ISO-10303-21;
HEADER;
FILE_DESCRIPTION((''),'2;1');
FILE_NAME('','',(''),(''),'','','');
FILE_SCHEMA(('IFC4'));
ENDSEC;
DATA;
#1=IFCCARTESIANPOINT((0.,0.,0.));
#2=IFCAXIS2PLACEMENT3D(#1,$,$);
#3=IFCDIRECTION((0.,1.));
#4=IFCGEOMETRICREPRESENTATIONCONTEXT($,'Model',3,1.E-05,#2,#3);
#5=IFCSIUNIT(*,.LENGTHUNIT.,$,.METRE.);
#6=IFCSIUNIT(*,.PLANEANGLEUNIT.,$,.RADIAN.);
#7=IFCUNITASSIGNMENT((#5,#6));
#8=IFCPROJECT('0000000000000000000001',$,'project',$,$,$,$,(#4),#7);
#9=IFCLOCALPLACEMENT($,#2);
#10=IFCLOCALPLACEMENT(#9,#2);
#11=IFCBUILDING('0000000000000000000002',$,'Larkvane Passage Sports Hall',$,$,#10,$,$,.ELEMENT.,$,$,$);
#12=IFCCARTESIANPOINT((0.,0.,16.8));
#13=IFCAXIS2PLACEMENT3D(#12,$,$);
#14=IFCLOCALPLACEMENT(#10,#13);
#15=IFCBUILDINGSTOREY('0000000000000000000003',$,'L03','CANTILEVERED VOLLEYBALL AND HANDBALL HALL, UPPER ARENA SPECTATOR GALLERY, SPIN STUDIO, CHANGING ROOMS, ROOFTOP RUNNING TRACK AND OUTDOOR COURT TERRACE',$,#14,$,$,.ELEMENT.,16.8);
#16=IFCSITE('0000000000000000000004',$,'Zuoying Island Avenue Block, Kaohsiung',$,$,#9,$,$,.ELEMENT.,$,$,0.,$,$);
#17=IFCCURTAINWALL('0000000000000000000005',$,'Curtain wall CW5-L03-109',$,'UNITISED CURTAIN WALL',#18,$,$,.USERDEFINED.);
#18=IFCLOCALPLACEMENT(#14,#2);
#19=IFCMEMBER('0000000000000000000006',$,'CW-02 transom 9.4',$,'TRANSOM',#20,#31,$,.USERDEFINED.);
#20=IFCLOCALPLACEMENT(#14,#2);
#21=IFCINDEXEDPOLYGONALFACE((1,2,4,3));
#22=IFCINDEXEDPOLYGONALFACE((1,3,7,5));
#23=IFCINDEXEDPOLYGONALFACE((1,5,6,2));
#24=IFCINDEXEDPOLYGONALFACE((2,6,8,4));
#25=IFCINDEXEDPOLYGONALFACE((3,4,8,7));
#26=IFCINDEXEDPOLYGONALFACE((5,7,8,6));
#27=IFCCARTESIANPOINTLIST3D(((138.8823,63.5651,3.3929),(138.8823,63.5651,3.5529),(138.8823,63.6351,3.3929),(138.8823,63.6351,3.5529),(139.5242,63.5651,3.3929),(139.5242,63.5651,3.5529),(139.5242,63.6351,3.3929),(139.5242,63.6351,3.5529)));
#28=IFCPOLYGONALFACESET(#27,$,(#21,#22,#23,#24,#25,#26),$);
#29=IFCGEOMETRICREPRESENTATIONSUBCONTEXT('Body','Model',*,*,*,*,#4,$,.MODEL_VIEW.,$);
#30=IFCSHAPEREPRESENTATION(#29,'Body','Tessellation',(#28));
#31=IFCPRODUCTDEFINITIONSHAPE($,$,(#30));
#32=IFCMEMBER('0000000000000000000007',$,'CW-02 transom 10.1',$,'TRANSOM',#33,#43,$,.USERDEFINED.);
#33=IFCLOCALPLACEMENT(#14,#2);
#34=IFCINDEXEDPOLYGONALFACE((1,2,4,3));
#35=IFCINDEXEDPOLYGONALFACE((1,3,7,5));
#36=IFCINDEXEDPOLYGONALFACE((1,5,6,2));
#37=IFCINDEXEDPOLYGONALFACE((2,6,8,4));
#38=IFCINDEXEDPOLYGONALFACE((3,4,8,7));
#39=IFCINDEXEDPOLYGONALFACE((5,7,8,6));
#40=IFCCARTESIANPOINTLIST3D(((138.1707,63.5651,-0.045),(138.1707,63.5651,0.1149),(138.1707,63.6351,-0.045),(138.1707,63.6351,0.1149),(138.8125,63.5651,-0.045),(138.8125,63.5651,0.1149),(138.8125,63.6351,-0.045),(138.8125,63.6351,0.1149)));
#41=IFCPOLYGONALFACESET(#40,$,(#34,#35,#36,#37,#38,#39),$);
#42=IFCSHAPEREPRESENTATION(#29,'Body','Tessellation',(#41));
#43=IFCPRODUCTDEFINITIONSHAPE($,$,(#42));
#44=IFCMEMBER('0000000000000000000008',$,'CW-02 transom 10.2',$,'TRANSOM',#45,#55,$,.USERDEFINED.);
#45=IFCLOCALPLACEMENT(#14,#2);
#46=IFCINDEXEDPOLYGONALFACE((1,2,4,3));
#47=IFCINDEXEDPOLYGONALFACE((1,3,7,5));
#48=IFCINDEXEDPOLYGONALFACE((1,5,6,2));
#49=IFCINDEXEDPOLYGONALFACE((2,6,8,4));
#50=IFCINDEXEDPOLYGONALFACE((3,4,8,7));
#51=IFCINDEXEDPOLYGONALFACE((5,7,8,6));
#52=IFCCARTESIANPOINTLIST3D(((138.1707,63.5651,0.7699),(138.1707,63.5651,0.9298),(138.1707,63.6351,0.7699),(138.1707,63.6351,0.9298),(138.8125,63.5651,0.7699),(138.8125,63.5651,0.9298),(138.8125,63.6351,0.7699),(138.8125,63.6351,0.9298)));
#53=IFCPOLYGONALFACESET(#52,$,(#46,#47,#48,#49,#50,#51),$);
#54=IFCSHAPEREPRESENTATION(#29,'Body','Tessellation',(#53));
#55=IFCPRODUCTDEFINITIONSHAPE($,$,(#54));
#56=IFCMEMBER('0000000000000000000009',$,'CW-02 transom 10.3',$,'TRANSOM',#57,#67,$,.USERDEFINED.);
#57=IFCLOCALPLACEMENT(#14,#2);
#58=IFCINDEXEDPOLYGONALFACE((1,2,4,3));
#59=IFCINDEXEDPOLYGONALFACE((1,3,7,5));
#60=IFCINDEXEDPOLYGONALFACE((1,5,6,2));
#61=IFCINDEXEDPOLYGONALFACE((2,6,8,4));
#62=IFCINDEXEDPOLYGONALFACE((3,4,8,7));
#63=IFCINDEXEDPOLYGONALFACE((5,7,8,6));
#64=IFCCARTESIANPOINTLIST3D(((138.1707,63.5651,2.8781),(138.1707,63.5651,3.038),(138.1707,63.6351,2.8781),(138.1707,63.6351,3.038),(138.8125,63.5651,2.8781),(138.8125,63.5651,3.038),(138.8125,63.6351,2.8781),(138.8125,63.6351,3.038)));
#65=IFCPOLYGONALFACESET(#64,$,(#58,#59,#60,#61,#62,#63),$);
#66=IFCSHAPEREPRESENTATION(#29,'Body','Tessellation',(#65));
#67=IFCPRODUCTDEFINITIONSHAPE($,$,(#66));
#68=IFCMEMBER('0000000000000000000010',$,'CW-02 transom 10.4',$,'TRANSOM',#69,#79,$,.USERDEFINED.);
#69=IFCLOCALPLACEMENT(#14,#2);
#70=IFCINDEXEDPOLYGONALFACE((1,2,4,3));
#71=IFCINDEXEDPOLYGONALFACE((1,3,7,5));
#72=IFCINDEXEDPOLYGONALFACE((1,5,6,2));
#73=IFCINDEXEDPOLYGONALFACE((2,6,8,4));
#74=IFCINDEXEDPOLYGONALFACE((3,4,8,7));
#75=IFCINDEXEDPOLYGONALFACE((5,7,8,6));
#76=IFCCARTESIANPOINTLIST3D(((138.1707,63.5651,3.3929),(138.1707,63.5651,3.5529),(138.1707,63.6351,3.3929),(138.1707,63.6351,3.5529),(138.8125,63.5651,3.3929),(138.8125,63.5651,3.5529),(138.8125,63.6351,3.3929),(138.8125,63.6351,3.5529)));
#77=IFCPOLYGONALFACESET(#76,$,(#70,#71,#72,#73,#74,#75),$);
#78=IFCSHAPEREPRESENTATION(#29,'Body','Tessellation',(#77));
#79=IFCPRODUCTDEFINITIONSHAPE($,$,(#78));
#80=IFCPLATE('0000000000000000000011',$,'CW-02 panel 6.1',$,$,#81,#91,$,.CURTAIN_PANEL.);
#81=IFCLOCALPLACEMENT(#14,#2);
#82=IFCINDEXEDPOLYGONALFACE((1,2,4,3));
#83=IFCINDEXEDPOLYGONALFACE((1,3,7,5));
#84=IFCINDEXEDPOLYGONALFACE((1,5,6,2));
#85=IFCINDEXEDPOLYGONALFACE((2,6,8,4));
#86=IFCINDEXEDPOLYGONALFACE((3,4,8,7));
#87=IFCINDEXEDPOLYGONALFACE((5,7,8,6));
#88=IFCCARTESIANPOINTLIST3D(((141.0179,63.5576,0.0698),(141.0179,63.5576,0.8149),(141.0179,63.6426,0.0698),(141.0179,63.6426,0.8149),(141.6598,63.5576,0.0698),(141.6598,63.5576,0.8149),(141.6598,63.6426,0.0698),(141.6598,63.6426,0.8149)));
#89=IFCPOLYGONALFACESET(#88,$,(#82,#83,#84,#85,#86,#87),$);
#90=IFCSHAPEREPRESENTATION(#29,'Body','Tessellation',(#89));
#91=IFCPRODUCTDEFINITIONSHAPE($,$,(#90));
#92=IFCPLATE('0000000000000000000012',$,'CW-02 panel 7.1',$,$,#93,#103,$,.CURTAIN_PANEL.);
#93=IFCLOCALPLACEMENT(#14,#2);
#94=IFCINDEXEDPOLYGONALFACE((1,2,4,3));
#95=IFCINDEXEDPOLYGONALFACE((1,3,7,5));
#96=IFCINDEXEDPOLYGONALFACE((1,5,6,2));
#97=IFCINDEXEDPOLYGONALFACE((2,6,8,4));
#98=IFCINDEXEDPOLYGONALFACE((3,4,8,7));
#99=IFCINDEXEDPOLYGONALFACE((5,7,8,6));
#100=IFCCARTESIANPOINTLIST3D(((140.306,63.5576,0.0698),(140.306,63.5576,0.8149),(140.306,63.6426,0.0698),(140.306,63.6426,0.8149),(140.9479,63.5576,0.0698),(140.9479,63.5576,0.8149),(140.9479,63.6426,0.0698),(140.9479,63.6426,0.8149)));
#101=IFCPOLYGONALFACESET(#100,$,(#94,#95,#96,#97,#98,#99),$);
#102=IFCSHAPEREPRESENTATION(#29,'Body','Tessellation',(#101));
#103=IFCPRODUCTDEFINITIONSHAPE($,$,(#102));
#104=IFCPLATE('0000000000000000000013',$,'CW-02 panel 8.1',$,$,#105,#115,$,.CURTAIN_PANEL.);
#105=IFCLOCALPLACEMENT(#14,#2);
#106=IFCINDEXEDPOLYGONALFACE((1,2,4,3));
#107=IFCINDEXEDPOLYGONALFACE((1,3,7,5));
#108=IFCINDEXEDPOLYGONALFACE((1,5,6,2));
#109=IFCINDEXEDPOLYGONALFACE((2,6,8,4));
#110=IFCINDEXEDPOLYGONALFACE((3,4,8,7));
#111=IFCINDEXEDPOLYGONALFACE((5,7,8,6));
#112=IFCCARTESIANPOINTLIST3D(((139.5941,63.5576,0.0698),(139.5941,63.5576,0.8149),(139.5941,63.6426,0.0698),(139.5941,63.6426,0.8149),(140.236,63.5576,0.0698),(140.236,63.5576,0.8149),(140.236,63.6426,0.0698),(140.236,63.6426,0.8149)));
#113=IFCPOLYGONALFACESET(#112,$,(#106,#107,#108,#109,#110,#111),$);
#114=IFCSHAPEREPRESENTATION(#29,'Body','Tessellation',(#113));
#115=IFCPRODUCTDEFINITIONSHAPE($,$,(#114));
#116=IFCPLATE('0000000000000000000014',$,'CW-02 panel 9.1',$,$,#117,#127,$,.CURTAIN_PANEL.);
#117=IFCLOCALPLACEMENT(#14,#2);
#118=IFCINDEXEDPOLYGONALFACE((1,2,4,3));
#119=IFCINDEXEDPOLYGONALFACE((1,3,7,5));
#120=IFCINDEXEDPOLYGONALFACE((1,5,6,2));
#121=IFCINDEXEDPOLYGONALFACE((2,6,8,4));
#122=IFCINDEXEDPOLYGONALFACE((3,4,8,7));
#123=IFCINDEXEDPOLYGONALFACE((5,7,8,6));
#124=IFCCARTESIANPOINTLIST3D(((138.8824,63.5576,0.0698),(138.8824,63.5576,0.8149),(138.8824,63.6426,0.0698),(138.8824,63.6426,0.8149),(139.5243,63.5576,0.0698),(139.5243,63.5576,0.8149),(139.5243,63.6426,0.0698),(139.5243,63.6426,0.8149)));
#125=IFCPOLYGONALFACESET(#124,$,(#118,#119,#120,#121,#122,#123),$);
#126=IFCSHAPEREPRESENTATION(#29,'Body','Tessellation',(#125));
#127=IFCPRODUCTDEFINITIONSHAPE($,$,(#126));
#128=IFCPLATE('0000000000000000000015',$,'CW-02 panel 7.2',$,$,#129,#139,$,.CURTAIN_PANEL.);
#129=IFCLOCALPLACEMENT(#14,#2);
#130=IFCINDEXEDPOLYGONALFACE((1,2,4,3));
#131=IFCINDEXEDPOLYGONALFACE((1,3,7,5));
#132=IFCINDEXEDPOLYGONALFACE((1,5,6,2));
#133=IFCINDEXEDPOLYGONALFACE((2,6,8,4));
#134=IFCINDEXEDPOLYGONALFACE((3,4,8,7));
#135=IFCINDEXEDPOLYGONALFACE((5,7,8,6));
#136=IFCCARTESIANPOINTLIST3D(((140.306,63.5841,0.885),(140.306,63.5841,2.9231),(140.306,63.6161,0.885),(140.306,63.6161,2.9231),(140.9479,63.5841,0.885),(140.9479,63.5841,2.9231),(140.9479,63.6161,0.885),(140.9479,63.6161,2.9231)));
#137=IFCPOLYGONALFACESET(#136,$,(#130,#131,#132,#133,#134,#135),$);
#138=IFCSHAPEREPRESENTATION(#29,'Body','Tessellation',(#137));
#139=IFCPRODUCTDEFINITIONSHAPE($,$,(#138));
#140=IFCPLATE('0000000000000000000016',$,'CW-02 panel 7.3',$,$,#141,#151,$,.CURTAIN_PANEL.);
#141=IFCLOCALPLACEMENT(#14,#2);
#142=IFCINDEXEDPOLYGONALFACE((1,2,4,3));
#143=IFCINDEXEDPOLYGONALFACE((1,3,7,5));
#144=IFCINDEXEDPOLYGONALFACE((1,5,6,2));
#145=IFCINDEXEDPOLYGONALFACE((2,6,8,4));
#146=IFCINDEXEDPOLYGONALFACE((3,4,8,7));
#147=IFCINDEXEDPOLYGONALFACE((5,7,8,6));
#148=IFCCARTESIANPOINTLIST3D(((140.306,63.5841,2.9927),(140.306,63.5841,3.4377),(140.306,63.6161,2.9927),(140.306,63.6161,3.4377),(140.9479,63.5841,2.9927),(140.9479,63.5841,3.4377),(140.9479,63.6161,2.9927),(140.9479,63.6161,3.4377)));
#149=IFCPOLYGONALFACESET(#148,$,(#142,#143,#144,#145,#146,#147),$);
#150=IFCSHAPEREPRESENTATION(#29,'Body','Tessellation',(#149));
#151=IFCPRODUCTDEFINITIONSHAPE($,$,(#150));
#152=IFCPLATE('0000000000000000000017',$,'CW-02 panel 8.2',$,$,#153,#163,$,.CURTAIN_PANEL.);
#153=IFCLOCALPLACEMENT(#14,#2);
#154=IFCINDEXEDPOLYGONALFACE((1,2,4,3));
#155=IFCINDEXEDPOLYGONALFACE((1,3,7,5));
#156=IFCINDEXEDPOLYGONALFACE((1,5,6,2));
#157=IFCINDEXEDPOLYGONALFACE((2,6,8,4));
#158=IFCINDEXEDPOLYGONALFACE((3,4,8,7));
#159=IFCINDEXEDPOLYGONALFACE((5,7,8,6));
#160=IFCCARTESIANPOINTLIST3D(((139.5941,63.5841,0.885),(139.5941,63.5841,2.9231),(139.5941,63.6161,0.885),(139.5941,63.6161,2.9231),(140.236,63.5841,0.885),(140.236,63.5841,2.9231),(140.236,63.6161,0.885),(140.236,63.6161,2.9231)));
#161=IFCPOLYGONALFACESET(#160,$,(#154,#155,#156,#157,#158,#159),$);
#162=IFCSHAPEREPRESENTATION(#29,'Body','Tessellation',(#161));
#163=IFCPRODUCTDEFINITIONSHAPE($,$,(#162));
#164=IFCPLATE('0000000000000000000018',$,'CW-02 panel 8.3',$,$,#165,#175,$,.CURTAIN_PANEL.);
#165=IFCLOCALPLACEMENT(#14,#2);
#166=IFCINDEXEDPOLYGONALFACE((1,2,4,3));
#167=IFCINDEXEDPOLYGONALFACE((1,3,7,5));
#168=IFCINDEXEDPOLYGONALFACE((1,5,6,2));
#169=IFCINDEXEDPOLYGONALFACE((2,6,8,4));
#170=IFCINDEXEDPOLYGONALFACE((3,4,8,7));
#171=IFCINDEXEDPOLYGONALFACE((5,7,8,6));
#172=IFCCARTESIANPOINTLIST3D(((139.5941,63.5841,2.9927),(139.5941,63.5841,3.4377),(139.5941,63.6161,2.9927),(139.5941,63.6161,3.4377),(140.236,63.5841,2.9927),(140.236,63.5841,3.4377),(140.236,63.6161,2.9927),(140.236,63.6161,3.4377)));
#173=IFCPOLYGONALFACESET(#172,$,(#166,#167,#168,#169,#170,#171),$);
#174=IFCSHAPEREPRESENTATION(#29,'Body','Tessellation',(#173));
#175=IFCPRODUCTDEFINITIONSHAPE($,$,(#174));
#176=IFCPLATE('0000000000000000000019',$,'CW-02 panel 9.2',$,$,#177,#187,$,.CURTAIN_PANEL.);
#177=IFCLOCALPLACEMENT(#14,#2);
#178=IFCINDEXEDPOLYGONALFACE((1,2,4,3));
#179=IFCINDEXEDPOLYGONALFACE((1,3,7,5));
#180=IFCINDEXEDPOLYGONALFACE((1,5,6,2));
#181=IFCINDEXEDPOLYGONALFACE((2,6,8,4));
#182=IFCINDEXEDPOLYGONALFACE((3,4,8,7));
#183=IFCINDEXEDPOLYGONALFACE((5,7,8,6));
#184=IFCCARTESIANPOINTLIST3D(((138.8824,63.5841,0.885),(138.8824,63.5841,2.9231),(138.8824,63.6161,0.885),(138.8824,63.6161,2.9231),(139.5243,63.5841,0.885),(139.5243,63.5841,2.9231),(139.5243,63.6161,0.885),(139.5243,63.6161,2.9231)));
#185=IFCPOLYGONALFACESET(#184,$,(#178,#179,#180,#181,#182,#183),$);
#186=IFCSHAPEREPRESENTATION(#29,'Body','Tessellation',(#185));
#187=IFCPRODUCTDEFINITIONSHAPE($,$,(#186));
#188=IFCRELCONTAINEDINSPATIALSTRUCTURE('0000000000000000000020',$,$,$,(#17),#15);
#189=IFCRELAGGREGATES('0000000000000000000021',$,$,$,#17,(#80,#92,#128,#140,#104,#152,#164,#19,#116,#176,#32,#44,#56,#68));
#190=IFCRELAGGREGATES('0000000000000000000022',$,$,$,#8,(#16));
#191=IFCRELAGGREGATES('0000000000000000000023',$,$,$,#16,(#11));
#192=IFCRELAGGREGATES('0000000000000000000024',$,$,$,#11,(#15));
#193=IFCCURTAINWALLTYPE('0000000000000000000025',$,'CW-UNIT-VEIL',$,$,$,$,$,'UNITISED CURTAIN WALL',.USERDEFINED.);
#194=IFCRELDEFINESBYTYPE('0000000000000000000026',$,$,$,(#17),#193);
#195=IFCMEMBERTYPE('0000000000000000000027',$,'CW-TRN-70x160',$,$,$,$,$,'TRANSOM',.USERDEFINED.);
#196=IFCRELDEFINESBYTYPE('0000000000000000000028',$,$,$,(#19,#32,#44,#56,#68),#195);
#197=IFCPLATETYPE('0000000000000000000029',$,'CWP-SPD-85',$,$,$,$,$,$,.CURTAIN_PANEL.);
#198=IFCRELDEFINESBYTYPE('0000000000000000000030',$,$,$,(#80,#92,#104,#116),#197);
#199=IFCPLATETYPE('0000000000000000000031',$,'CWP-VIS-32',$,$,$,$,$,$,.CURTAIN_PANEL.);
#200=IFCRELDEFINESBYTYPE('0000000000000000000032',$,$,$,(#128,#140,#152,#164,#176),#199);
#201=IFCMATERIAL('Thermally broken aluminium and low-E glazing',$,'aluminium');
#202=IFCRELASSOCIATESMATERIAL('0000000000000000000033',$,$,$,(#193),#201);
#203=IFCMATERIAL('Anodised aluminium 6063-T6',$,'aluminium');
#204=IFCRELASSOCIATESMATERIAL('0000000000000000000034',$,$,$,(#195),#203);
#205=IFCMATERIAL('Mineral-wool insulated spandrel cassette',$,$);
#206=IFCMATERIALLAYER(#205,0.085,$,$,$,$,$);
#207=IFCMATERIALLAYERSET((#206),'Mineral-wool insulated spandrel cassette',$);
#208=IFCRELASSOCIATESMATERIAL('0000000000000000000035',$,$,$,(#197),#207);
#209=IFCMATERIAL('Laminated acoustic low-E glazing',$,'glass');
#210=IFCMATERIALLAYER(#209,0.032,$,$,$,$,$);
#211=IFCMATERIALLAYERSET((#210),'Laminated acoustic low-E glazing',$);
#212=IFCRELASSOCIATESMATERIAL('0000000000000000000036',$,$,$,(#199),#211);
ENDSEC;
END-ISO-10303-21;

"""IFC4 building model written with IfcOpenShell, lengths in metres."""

from ifc_helpers import new_model, si_unit, direction, frame, origin, origin_2d, place, context, subcontext, project, spatial, rectangle, extrude, material, layer, layer_set, material_profile, profile_set, type_object, element, aggregate, save


model = new_model("IFC4")

# Units and contexts
model_context = context("Model", 3, precision=1e-05, world=origin(), true_north=direction((0.0, 1.0)))
body_context = subcontext(model_context, "Body", "Model", "MODEL_VIEW")
ifc_project = project(units=[si_unit("LENGTHUNIT", "METRE"), si_unit("PLANEANGLEUNIT", "RADIAN")], contexts=[model_context])

# Site, building, storey
site_placement = place(None, origin())
site = spatial("IfcSite", under=ifc_project, at=site_placement, Name="Zuoying Island Avenue Block, Kaohsiung", CompositionType="ELEMENT", RefElevation=0.0)
building_placement = place(site_placement, origin())
building = spatial("IfcBuilding", under=site, at=building_placement, Name="Larkvane Passage Sports Hall", CompositionType="ELEMENT")
storey_placement = place(building_placement, frame((0.0, 0.0, 16.8)))
storey = spatial("IfcBuildingStorey", under=building, at=storey_placement, Name="L03", Description="CANTILEVERED VOLLEYBALL AND HANDBALL HALL, UPPER ARENA SPECTATOR GALLERY, SPIN STUDIO, CHANGING ROOMS, ROOFTOP RUNNING TRACK AND OUTDOOR COURT TERRACE", CompositionType="ELEMENT", Elevation=16.8)

# Curtain wall, members, plates
ifc_material_1 = material(Name="Thermally broken aluminium and low-E glazing", Category="aluminium")
curtain_wall_type = type_object("IfcCurtainWallType", Name="CW-UNIT-VEIL", ElementType="UNITISED CURTAIN WALL", PredefinedType="USERDEFINED", material=ifc_material_1)
curtain_wall_placement = place(storey_placement, origin())
curtain_wall = element("IfcCurtainWall", 1, at=curtain_wall_placement, inside=storey, type_object=curtain_wall_type, Name="Curtain wall CW5-L03-109", ObjectType="UNITISED CURTAIN WALL", PredefinedType="USERDEFINED")
ifc_material_2 = material(Name="Anodised aluminium 6063-T6", Category="aluminium")
ifc_material_profile_1 = material_profile(ifc_material_2, rectangle(XDim=0.0701, YDim=0.1599, at=origin_2d()), Name="ALU-TRN-70x160")
ifc_profile_set_1 = profile_set([ifc_material_profile_1], Name="Anodised aluminium 6063-T6")
member_type_1 = type_object("IfcMemberType", Name="CW-TRN-70x160", ElementType="TRANSOM", PredefinedType="USERDEFINED", material=ifc_profile_set_1)
member_1_placement = place(storey_placement, frame((139.5242, 63.6001, 3.4729), z_axis=(-1.0, 0.0, 0.0), x_axis=(0.0, -1.0, 0.0)))
member_1 = element("IfcMember", 2, at=member_1_placement, type_object=member_type_1, Name="CW-02 transom 9.4", ObjectType="TRANSOM", PredefinedType="USERDEFINED", context=body_context, shape_type="SweptSolid", body=[
    extrude(rectangle(XDim=0.0701, YDim=0.1599, at=origin_2d()), origin(), (0.0, 0.0, 1.0), 0.6418),
])
member_2_placement = place(storey_placement, frame((138.8125, 63.6001, 0.0349), z_axis=(-1.0, 0.0, 0.0), x_axis=(0.0, -1.0, 0.0)))
member_2 = element("IfcMember", 3, at=member_2_placement, type_object=member_type_1, Name="CW-02 transom 10.1", ObjectType="TRANSOM", PredefinedType="USERDEFINED", context=body_context, shape_type="SweptSolid", body=[
    extrude(rectangle(XDim=0.0701, YDim=0.1599, at=origin_2d()), origin(), (0.0, 0.0, 1.0), 0.6418),
])
member_3_placement = place(storey_placement, frame((138.8125, 63.6001, 0.8499), z_axis=(-1.0, 0.0, 0.0), x_axis=(0.0, -1.0, 0.0)))
member_3 = element("IfcMember", 4, at=member_3_placement, type_object=member_type_1, Name="CW-02 transom 10.2", ObjectType="TRANSOM", PredefinedType="USERDEFINED", context=body_context, shape_type="SweptSolid", body=[
    extrude(rectangle(XDim=0.0701, YDim=0.1599, at=origin_2d()), origin(), (0.0, 0.0, 1.0), 0.6418),
])
member_4_placement = place(storey_placement, frame((138.8125, 63.6001, 2.958), z_axis=(-1.0, 0.0, 0.0), x_axis=(0.0, -1.0, 0.0)))
member_4 = element("IfcMember", 5, at=member_4_placement, type_object=member_type_1, Name="CW-02 transom 10.3", ObjectType="TRANSOM", PredefinedType="USERDEFINED", context=body_context, shape_type="SweptSolid", body=[
    extrude(rectangle(XDim=0.0701, YDim=0.1599, at=origin_2d()), origin(), (0.0, 0.0, 1.0), 0.6418),
])
member_5_placement = place(storey_placement, frame((138.8125, 63.6001, 3.4729), z_axis=(-1.0, 0.0, 0.0), x_axis=(0.0, -1.0, 0.0)))
member_5 = element("IfcMember", 6, at=member_5_placement, type_object=member_type_1, Name="CW-02 transom 10.4", ObjectType="TRANSOM", PredefinedType="USERDEFINED", context=body_context, shape_type="SweptSolid", body=[
    extrude(rectangle(XDim=0.0701, YDim=0.1599, at=origin_2d()), origin(), (0.0, 0.0, 1.0), 0.6418),
])
ifc_material_3 = material(Name="Mineral-wool insulated spandrel cassette")
ifc_layer_1 = layer(ifc_material_3, 0.085)
ifc_layer_set_1 = layer_set([ifc_layer_1], Name="Mineral-wool insulated spandrel cassette")
plate_type_1 = type_object("IfcPlateType", Name="CWP-SPD-85", PredefinedType="CURTAIN_PANEL", material=ifc_layer_set_1)
plate_1_placement = place(storey_placement, frame((141.3389, 63.6001, 0.0698), z_axis=(0.0, 0.0, 1.0), x_axis=(-1.0, 0.0, 0.0)))
plate_1 = element("IfcPlate", 7, at=plate_1_placement, type_object=plate_type_1, Name="CW-02 panel 6.1", PredefinedType="CURTAIN_PANEL", context=body_context, shape_type="SweptSolid", body=[
    extrude(rectangle(XDim=0.6418, YDim=0.085, at=origin_2d()), origin(), (0.0, 0.0, 1.0), 0.7451),
])
plate_2_placement = place(storey_placement, frame((140.627, 63.6001, 0.0698), z_axis=(0.0, 0.0, 1.0), x_axis=(-1.0, 0.0, 0.0)))
plate_2 = element("IfcPlate", 8, at=plate_2_placement, type_object=plate_type_1, Name="CW-02 panel 7.1", PredefinedType="CURTAIN_PANEL", context=body_context, shape_type="SweptSolid", body=[
    extrude(rectangle(XDim=0.6418, YDim=0.085, at=origin_2d()), origin(), (0.0, 0.0, 1.0), 0.7451),
])
plate_3_placement = place(storey_placement, frame((139.915, 63.6001, 0.0698), z_axis=(0.0, 0.0, 1.0), x_axis=(-1.0, 0.0, 0.0)))
plate_3 = element("IfcPlate", 9, at=plate_3_placement, type_object=plate_type_1, Name="CW-02 panel 8.1", PredefinedType="CURTAIN_PANEL", context=body_context, shape_type="SweptSolid", body=[
    extrude(rectangle(XDim=0.6418, YDim=0.085, at=origin_2d()), origin(), (0.0, 0.0, 1.0), 0.7451),
])
plate_4_placement = place(storey_placement, frame((139.2034, 63.6001, 0.0698), z_axis=(0.0, 0.0, 1.0), x_axis=(-1.0, 0.0, 0.0)))
plate_4 = element("IfcPlate", 10, at=plate_4_placement, type_object=plate_type_1, Name="CW-02 panel 9.1", PredefinedType="CURTAIN_PANEL", context=body_context, shape_type="SweptSolid", body=[
    extrude(rectangle(XDim=0.6418, YDim=0.085, at=origin_2d()), origin(), (0.0, 0.0, 1.0), 0.7451),
])
ifc_material_4 = material(Name="Laminated acoustic low-E glazing", Category="glass")
ifc_layer_2 = layer(ifc_material_4, 0.032)
ifc_layer_set_2 = layer_set([ifc_layer_2], Name="Laminated acoustic low-E glazing")
plate_type_2 = type_object("IfcPlateType", Name="CWP-VIS-32", PredefinedType="CURTAIN_PANEL", material=ifc_layer_set_2)
plate_5_placement = place(storey_placement, frame((140.627, 63.6001, 0.885), z_axis=(0.0, 0.0, 1.0), x_axis=(-1.0, 0.0, 0.0)))
plate_5 = element("IfcPlate", 11, at=plate_5_placement, type_object=plate_type_2, Name="CW-02 panel 7.2", PredefinedType="CURTAIN_PANEL", context=body_context, shape_type="SweptSolid", body=[
    extrude(rectangle(XDim=0.6418, YDim=0.032, at=origin_2d()), origin(), (0.0, 0.0, 1.0), 2.0381),
])
plate_6_placement = place(storey_placement, frame((140.627, 63.6001, 2.9927), z_axis=(0.0, 0.0, 1.0), x_axis=(-1.0, 0.0, 0.0)))
plate_6 = element("IfcPlate", 12, at=plate_6_placement, type_object=plate_type_2, Name="CW-02 panel 7.3", PredefinedType="CURTAIN_PANEL", context=body_context, shape_type="SweptSolid", body=[
    extrude(rectangle(XDim=0.6418, YDim=0.032, at=origin_2d()), origin(), (0.0, 0.0, 1.0), 0.4451),
])
plate_7_placement = place(storey_placement, frame((139.915, 63.6001, 0.885), z_axis=(0.0, 0.0, 1.0), x_axis=(-1.0, 0.0, 0.0)))
plate_7 = element("IfcPlate", 13, at=plate_7_placement, type_object=plate_type_2, Name="CW-02 panel 8.2", PredefinedType="CURTAIN_PANEL", context=body_context, shape_type="SweptSolid", body=[
    extrude(rectangle(XDim=0.6418, YDim=0.032, at=origin_2d()), origin(), (0.0, 0.0, 1.0), 2.0381),
])
plate_8_placement = place(storey_placement, frame((139.915, 63.6001, 2.9927), z_axis=(0.0, 0.0, 1.0), x_axis=(-1.0, 0.0, 0.0)))
plate_8 = element("IfcPlate", 14, at=plate_8_placement, type_object=plate_type_2, Name="CW-02 panel 8.3", PredefinedType="CURTAIN_PANEL", context=body_context, shape_type="SweptSolid", body=[
    extrude(rectangle(XDim=0.6418, YDim=0.032, at=origin_2d()), origin(), (0.0, 0.0, 1.0), 0.4451),
])
plate_9_placement = place(storey_placement, frame((139.2034, 63.6001, 0.885), z_axis=(0.0, 0.0, 1.0), x_axis=(-1.0, 0.0, 0.0)))
plate_9 = element("IfcPlate", 15, at=plate_9_placement, type_object=plate_type_2, Name="CW-02 panel 9.2", PredefinedType="CURTAIN_PANEL", context=body_context, shape_type="SweptSolid", body=[
    extrude(rectangle(XDim=0.6418, YDim=0.032, at=origin_2d()), origin(), (0.0, 0.0, 1.0), 2.0381),
])
aggregate(curtain_wall, [plate_1, plate_2, plate_5, plate_6, plate_3, plate_7, plate_8, member_1, plate_4, plate_9, member_2, member_3, member_4, member_5])

save(model, "model.ifc")
